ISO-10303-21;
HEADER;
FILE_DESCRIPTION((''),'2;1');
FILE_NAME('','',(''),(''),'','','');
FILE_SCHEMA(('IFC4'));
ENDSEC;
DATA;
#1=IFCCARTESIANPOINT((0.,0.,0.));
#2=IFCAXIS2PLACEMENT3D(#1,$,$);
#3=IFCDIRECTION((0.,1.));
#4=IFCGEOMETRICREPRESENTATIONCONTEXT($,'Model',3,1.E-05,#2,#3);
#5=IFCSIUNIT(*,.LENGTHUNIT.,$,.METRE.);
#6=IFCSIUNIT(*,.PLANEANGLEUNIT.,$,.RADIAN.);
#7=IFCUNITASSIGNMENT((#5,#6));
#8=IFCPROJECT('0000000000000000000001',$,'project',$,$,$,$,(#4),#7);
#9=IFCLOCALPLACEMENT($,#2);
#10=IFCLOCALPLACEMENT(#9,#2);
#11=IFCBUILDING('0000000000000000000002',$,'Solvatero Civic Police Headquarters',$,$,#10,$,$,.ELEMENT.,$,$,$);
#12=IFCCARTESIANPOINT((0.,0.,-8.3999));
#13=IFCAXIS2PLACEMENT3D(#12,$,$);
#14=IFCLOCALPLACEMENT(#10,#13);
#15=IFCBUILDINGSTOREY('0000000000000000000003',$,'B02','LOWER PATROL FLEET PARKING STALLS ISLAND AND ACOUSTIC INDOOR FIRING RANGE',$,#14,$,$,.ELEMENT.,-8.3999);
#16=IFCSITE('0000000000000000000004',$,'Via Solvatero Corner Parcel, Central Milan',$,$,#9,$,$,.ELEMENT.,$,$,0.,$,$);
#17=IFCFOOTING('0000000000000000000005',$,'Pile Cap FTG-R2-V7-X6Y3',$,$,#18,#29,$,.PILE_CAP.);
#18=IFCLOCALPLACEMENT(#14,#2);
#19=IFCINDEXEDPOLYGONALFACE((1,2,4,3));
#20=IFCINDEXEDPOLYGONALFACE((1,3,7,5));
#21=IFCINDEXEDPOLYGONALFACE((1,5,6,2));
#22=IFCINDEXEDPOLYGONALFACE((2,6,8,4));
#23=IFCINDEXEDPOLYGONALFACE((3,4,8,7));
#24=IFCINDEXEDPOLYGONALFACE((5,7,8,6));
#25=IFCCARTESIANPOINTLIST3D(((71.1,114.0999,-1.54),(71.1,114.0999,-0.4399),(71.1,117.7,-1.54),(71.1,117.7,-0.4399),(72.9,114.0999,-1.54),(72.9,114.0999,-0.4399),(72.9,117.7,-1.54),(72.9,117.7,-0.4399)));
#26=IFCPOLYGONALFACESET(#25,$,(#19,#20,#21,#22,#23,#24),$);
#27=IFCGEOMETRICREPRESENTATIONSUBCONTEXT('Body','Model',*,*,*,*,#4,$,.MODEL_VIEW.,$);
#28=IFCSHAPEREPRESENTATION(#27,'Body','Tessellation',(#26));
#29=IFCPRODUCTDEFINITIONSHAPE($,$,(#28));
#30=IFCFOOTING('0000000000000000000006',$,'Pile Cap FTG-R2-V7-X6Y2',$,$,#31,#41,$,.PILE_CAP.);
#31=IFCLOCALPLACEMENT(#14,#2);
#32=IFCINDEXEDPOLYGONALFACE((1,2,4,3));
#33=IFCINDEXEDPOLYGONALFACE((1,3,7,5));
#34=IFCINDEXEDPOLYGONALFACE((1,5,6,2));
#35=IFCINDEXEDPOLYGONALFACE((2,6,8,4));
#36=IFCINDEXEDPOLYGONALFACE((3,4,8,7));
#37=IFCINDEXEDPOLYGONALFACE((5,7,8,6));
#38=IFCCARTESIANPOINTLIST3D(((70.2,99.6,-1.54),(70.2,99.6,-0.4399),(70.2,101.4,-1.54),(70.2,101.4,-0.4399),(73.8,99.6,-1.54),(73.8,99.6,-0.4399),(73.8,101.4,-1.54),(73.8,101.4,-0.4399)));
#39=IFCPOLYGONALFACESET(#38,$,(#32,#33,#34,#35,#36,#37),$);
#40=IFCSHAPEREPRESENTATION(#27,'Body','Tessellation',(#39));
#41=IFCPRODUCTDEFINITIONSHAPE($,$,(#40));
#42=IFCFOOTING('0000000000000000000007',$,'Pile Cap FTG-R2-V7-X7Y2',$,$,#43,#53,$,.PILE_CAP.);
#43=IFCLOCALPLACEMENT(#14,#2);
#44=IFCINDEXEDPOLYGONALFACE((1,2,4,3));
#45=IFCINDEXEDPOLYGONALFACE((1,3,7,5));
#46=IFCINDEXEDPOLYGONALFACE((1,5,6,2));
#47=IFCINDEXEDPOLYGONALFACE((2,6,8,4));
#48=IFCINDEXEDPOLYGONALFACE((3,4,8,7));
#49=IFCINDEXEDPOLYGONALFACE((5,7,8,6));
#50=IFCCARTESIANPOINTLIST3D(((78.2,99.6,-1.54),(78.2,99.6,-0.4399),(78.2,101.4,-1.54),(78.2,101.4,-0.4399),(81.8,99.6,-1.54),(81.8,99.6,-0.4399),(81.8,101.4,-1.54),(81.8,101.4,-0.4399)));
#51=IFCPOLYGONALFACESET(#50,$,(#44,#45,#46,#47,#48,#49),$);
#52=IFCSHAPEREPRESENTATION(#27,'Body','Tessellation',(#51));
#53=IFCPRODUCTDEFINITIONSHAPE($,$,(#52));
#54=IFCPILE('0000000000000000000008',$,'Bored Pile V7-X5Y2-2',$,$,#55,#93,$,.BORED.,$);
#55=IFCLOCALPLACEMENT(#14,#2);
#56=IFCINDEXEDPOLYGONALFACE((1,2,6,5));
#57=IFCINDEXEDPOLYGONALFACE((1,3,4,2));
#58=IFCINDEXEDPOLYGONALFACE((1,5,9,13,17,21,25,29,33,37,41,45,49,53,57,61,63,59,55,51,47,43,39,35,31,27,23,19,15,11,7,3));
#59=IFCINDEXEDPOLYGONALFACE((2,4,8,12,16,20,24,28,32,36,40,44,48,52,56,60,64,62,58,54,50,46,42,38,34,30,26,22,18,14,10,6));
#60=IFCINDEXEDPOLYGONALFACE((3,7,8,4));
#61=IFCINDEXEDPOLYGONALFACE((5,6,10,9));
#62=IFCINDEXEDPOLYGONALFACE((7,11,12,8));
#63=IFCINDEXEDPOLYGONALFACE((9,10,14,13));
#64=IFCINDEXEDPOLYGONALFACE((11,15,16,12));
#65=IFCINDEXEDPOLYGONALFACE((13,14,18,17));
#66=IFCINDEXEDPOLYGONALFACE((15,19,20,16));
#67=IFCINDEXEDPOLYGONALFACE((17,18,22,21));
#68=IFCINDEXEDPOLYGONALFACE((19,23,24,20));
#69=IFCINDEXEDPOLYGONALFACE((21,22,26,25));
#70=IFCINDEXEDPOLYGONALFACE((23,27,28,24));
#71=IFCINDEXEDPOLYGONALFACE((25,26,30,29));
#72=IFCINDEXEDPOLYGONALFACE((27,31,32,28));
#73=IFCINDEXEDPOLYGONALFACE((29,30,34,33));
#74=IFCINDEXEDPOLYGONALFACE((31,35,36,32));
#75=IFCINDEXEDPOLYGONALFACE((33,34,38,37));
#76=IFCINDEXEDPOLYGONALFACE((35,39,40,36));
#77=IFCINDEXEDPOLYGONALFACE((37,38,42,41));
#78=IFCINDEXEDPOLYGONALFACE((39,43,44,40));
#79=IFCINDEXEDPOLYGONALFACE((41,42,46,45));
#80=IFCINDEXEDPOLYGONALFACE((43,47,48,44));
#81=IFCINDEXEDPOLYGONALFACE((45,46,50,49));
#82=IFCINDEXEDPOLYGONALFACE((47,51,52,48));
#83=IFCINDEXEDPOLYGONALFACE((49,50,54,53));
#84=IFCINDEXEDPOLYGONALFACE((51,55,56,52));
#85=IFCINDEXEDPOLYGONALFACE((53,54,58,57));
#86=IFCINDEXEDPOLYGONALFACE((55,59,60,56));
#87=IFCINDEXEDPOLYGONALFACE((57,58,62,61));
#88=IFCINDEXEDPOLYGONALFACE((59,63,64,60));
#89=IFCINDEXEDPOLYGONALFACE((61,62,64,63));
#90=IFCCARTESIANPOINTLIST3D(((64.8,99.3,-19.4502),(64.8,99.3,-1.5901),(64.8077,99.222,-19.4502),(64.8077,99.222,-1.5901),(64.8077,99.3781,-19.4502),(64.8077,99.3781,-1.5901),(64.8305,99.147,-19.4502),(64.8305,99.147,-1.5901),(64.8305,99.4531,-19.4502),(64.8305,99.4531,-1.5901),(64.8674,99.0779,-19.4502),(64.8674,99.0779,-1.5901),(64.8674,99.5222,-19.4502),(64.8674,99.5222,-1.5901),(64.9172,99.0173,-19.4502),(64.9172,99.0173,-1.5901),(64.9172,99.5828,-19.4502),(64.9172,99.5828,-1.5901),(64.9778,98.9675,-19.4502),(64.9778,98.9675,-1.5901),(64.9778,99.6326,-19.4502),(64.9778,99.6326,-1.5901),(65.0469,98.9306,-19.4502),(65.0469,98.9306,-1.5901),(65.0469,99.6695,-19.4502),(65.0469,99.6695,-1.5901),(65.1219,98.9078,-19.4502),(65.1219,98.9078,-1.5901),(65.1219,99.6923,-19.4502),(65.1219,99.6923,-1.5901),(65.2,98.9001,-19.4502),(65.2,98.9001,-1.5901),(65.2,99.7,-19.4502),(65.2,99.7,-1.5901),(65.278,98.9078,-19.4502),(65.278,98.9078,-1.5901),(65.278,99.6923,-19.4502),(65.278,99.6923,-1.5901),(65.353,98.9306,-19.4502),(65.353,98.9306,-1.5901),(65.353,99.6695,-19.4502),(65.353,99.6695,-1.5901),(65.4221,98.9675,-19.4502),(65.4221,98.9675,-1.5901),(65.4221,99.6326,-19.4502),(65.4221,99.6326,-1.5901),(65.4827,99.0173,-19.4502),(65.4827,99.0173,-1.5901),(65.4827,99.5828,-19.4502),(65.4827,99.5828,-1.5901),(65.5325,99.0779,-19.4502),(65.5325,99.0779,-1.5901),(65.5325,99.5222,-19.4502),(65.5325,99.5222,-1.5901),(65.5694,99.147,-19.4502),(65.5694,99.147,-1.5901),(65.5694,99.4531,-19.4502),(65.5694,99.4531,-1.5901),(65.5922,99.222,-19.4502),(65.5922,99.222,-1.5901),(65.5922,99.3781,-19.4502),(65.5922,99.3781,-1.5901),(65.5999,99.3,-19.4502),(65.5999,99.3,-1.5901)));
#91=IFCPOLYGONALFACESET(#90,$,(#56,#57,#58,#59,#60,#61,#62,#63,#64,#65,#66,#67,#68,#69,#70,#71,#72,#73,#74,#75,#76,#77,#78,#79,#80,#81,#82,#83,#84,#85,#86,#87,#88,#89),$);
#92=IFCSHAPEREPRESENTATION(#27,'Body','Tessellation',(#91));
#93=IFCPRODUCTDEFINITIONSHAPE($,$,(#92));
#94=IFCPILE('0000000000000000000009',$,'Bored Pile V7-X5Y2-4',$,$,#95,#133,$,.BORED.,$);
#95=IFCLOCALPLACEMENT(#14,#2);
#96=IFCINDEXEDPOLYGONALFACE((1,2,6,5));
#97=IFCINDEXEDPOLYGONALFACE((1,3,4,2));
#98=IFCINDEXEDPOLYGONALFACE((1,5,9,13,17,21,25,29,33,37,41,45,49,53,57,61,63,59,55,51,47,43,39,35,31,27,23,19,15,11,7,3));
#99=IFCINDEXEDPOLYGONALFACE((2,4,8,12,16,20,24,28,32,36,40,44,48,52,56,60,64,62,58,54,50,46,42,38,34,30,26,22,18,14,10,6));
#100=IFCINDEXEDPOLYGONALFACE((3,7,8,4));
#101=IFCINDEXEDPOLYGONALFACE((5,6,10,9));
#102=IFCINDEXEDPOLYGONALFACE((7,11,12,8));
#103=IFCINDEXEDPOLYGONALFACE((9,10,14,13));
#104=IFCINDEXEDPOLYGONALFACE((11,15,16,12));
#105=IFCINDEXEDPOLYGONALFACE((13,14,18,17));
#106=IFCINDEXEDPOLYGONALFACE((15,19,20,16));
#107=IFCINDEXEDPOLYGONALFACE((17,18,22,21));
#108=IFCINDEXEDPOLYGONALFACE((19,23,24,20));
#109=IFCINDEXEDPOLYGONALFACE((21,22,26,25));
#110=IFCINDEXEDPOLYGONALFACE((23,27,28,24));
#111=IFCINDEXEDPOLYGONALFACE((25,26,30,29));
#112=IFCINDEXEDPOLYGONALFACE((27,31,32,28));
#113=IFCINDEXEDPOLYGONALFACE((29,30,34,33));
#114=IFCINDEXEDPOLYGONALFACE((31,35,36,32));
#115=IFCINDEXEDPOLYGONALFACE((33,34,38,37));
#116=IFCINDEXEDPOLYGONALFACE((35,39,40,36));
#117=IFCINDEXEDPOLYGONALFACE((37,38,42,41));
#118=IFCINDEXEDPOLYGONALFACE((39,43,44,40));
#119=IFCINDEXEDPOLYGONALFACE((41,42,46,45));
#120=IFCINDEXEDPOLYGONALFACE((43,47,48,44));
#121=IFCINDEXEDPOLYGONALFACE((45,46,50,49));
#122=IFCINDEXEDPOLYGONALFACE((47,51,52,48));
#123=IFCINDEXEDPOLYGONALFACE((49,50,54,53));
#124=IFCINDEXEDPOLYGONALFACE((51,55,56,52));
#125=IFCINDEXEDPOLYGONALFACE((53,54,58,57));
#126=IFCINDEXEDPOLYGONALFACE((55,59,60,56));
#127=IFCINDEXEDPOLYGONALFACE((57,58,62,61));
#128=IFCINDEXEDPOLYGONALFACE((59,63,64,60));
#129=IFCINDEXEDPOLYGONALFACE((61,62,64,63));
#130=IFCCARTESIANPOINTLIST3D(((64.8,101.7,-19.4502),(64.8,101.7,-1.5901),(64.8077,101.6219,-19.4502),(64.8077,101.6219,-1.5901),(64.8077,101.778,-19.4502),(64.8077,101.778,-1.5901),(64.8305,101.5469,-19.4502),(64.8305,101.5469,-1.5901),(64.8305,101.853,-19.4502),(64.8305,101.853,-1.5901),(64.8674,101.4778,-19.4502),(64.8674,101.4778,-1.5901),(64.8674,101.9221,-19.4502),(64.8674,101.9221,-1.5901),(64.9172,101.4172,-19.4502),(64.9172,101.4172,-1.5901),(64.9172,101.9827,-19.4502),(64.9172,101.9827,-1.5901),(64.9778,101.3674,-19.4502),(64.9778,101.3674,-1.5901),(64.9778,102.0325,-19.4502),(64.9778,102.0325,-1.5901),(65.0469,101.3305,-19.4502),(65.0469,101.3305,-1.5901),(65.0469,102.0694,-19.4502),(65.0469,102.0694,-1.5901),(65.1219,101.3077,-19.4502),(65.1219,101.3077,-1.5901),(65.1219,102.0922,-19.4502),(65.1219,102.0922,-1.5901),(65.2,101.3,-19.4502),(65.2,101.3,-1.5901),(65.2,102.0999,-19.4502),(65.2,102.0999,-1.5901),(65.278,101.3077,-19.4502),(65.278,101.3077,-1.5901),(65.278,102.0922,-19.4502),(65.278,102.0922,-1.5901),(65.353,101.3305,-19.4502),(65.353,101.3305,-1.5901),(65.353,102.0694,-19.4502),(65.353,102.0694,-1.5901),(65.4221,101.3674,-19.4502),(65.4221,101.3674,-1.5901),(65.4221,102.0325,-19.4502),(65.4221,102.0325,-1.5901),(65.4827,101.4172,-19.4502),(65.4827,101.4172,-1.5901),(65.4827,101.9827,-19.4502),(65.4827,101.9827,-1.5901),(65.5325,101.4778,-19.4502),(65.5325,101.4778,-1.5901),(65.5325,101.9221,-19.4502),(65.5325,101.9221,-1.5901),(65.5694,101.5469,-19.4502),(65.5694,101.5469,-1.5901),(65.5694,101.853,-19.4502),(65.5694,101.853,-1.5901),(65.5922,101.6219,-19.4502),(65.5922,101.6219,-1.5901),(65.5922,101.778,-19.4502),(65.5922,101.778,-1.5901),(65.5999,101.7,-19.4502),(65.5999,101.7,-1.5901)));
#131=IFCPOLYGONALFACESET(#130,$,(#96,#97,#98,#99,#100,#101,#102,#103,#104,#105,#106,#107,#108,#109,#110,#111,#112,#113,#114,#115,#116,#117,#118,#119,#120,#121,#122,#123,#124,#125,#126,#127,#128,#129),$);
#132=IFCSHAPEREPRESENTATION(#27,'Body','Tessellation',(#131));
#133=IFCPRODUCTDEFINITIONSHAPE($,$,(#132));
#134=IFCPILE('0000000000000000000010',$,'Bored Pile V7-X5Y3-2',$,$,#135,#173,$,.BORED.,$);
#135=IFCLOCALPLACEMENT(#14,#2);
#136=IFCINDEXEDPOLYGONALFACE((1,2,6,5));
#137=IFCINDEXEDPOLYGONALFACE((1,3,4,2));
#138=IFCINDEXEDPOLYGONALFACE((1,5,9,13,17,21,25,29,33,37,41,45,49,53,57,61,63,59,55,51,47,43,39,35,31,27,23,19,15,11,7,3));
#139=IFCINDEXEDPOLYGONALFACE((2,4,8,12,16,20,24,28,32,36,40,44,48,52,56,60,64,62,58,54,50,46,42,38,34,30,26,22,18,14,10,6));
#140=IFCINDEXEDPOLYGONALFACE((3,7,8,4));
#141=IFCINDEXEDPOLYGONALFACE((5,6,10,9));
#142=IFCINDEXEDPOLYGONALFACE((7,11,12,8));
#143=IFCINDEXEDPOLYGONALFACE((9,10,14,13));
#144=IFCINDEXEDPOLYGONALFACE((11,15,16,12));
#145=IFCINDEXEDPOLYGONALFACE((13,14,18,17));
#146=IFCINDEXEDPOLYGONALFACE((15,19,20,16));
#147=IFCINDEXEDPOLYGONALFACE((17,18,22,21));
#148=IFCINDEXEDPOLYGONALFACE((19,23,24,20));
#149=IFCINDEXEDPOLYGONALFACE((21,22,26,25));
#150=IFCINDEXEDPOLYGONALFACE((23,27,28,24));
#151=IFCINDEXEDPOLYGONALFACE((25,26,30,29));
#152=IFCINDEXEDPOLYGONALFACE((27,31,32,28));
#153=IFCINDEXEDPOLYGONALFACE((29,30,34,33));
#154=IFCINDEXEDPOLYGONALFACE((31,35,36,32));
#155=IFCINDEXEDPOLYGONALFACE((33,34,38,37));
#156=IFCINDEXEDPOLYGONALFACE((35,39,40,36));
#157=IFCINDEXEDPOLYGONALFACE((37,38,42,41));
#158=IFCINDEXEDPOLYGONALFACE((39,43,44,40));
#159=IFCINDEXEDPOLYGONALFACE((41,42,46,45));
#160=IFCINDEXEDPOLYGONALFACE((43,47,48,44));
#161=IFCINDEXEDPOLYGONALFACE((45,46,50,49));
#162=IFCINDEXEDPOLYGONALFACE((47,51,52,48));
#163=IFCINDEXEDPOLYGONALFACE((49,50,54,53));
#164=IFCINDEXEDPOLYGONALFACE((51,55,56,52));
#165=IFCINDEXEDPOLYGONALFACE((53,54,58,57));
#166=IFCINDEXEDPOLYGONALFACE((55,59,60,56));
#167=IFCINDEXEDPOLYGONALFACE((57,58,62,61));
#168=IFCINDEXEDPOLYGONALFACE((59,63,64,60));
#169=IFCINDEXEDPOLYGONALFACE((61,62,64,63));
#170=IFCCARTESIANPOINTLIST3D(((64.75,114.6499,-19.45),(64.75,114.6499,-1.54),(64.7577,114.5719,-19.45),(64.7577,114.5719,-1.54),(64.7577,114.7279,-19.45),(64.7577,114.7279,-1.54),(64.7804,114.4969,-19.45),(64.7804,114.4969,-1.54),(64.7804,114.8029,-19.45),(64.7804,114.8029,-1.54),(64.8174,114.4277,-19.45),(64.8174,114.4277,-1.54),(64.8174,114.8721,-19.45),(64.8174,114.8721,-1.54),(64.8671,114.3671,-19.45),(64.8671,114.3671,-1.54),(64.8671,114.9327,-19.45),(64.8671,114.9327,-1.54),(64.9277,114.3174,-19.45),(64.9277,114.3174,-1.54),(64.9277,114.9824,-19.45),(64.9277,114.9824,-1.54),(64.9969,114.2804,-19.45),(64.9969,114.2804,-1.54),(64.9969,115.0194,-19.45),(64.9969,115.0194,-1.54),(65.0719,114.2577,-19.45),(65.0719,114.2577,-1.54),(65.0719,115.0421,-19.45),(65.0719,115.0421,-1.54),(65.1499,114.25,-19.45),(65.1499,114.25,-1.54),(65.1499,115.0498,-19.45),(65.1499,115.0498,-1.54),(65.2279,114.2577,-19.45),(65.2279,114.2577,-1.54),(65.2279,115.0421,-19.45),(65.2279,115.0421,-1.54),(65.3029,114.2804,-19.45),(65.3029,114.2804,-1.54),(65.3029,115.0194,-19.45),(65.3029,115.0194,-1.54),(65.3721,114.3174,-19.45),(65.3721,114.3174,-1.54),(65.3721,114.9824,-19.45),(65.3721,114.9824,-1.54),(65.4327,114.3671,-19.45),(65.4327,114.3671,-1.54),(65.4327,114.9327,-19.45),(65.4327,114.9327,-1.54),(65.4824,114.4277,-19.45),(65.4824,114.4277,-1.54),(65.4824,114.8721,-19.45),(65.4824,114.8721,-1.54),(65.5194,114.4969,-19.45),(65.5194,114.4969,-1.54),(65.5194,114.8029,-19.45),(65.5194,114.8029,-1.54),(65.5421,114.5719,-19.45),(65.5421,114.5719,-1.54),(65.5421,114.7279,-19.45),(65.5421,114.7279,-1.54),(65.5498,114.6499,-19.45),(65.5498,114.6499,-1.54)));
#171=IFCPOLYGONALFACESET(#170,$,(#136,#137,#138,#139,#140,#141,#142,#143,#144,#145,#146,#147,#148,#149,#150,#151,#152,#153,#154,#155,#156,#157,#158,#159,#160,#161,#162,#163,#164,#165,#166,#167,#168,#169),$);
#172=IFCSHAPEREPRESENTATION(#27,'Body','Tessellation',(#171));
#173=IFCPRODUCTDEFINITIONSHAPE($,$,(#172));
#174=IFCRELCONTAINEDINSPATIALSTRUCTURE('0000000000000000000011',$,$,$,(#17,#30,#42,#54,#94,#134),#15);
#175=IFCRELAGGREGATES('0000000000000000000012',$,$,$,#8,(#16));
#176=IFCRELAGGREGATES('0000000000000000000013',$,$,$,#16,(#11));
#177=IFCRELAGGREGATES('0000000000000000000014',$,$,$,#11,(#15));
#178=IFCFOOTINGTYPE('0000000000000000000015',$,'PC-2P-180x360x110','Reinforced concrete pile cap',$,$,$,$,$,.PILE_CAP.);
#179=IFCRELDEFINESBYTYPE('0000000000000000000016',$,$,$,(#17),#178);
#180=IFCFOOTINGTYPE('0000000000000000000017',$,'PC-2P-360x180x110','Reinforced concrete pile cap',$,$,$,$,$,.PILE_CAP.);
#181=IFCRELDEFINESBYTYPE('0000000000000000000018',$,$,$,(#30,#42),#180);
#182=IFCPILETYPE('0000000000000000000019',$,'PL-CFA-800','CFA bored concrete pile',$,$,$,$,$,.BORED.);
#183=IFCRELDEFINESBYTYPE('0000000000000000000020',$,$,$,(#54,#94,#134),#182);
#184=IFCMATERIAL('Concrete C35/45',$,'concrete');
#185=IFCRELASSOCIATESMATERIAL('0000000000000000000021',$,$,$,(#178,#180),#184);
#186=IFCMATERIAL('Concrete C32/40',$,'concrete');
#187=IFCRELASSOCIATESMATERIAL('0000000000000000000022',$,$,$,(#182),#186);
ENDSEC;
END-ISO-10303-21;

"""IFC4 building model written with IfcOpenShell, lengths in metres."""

from ifc_helpers import new_model, si_unit, direction, frame, origin, origin_2d, place, context, subcontext, project, spatial, rectangle, circle, extrude, material, material_profile, profile_set, type_object, element, save


model = new_model("IFC4")

# Units and contexts
model_context = context("Model", 3, precision=1e-05, world=origin(), true_north=direction((0.0, 1.0)))
body_context = subcontext(model_context, "Body", "Model", "MODEL_VIEW")
ifc_project = project(units=[si_unit("LENGTHUNIT", "METRE"), si_unit("PLANEANGLEUNIT", "RADIAN")], contexts=[model_context])

# Site, building, storey
site_placement = place(None, origin())
site = spatial("IfcSite", under=ifc_project, at=site_placement, Name="Via Solvatero Corner Parcel, Central Milan", CompositionType="ELEMENT", RefElevation=0.0)
building_placement = place(site_placement, origin())
building = spatial("IfcBuilding", under=site, at=building_placement, Name="Solvatero Civic Police Headquarters", CompositionType="ELEMENT")
storey_placement = place(building_placement, frame((0.0, 0.0, -8.3999)))
storey = spatial("IfcBuildingStorey", under=building, at=storey_placement, Name="B02", Description="LOWER PATROL FLEET PARKING STALLS ISLAND AND ACOUSTIC INDOOR FIRING RANGE", CompositionType="ELEMENT", Elevation=-8.3999)

# Footings
ifc_material_1 = material(Name="Concrete C35/45", Category="concrete")
footing_type_1 = type_object("IfcFootingType", Name="PC-2P-180x360x110", Description="Reinforced concrete pile cap", PredefinedType="PILE_CAP", material=ifc_material_1)
footing_placement = place(storey_placement, frame((72.0, 115.8999, -1.54), z_axis=(0.0, 0.0, 1.0), x_axis=(1.0, 0.0, 0.0)))
element("IfcFooting", 1, at=footing_placement, inside=storey, type_object=footing_type_1, Name="Pile Cap FTG-R2-V7-X6Y3", PredefinedType="PILE_CAP", context=body_context, shape_type="SweptSolid", body=[
    extrude(rectangle(XDim=1.8, YDim=3.6001, at=origin_2d()), origin(), (0.0, 0.0, 1.0), 1.1001),
])
footing_type_2 = type_object("IfcFootingType", Name="PC-2P-360x180x110", Description="Reinforced concrete pile cap", PredefinedType="PILE_CAP", material=ifc_material_1)
for number, where, z_axis, x_axis, name in (
    (2, (72.0, 100.5, -1.54), (0.0, 0.0, 1.0), (1.0, 0.0, 0.0), "Pile Cap FTG-R2-V7-X6Y2"),
    (3, (80.0, 100.5, -1.54), (0.0, 0.0, 1.0), (1.0, 0.0, 0.0), "Pile Cap FTG-R2-V7-X7Y2"),
):
    element("IfcFooting", number, at=place(storey_placement, frame(where, z_axis=z_axis, x_axis=x_axis)), inside=storey, type_object=footing_type_2, Name=name, PredefinedType="PILE_CAP", context=body_context, shape_type="SweptSolid", body=[
        extrude(rectangle(XDim=3.6001, YDim=1.8, at=origin_2d()), origin(), (0.0, 0.0, 1.0), 1.1001),
    ])

# Piles
ifc_material_2 = material(Name="Concrete C32/40", Category="concrete")
ifc_material_profile_1 = material_profile(ifc_material_2, circle(Radius=0.3999, at=origin_2d()), Name="CFA PILE D800")
ifc_profile_set_1 = profile_set([ifc_material_profile_1], Name="Concrete C32/40")
pile_type = type_object("IfcPileType", Name="PL-CFA-800", Description="CFA bored concrete pile", PredefinedType="BORED", material=ifc_profile_set_1)
for number, where, z_axis, x_axis, name in (
    (4, (65.2, 99.3, -1.5901), (0.0, 0.0, -1.0), (1.0, 0.0, 0.0), "Bored Pile V7-X5Y2-2"),
    (5, (65.2, 101.7, -1.5901), (0.0, 0.0, -1.0), (1.0, 0.0, 0.0), "Bored Pile V7-X5Y2-4"),
):
    element("IfcPile", number, at=place(storey_placement, frame(where, z_axis=z_axis, x_axis=x_axis)), inside=storey, type_object=pile_type, Name=name, PredefinedType="BORED", context=body_context, shape_type="SweptSolid", body=[
        extrude(circle(Radius=0.3999, at=origin_2d()), origin(), (0.0, 0.0, 1.0), 17.8601),
    ])
for number, where, z_axis, x_axis, name in (
    (6, (65.1499, 114.6499, -1.54), (0.0, 0.0, -1.0), (1.0, 0.0, 0.0), "Bored Pile V7-X5Y3-2"),
):
    element("IfcPile", number, at=place(storey_placement, frame(where, z_axis=z_axis, x_axis=x_axis)), inside=storey, type_object=pile_type, Name=name, PredefinedType="BORED", context=body_context, shape_type="SweptSolid", body=[
        extrude(circle(Radius=0.3999, at=origin_2d()), origin(), (0.0, 0.0, 1.0), 17.9099),
    ])

save(model, "model.ifc")
